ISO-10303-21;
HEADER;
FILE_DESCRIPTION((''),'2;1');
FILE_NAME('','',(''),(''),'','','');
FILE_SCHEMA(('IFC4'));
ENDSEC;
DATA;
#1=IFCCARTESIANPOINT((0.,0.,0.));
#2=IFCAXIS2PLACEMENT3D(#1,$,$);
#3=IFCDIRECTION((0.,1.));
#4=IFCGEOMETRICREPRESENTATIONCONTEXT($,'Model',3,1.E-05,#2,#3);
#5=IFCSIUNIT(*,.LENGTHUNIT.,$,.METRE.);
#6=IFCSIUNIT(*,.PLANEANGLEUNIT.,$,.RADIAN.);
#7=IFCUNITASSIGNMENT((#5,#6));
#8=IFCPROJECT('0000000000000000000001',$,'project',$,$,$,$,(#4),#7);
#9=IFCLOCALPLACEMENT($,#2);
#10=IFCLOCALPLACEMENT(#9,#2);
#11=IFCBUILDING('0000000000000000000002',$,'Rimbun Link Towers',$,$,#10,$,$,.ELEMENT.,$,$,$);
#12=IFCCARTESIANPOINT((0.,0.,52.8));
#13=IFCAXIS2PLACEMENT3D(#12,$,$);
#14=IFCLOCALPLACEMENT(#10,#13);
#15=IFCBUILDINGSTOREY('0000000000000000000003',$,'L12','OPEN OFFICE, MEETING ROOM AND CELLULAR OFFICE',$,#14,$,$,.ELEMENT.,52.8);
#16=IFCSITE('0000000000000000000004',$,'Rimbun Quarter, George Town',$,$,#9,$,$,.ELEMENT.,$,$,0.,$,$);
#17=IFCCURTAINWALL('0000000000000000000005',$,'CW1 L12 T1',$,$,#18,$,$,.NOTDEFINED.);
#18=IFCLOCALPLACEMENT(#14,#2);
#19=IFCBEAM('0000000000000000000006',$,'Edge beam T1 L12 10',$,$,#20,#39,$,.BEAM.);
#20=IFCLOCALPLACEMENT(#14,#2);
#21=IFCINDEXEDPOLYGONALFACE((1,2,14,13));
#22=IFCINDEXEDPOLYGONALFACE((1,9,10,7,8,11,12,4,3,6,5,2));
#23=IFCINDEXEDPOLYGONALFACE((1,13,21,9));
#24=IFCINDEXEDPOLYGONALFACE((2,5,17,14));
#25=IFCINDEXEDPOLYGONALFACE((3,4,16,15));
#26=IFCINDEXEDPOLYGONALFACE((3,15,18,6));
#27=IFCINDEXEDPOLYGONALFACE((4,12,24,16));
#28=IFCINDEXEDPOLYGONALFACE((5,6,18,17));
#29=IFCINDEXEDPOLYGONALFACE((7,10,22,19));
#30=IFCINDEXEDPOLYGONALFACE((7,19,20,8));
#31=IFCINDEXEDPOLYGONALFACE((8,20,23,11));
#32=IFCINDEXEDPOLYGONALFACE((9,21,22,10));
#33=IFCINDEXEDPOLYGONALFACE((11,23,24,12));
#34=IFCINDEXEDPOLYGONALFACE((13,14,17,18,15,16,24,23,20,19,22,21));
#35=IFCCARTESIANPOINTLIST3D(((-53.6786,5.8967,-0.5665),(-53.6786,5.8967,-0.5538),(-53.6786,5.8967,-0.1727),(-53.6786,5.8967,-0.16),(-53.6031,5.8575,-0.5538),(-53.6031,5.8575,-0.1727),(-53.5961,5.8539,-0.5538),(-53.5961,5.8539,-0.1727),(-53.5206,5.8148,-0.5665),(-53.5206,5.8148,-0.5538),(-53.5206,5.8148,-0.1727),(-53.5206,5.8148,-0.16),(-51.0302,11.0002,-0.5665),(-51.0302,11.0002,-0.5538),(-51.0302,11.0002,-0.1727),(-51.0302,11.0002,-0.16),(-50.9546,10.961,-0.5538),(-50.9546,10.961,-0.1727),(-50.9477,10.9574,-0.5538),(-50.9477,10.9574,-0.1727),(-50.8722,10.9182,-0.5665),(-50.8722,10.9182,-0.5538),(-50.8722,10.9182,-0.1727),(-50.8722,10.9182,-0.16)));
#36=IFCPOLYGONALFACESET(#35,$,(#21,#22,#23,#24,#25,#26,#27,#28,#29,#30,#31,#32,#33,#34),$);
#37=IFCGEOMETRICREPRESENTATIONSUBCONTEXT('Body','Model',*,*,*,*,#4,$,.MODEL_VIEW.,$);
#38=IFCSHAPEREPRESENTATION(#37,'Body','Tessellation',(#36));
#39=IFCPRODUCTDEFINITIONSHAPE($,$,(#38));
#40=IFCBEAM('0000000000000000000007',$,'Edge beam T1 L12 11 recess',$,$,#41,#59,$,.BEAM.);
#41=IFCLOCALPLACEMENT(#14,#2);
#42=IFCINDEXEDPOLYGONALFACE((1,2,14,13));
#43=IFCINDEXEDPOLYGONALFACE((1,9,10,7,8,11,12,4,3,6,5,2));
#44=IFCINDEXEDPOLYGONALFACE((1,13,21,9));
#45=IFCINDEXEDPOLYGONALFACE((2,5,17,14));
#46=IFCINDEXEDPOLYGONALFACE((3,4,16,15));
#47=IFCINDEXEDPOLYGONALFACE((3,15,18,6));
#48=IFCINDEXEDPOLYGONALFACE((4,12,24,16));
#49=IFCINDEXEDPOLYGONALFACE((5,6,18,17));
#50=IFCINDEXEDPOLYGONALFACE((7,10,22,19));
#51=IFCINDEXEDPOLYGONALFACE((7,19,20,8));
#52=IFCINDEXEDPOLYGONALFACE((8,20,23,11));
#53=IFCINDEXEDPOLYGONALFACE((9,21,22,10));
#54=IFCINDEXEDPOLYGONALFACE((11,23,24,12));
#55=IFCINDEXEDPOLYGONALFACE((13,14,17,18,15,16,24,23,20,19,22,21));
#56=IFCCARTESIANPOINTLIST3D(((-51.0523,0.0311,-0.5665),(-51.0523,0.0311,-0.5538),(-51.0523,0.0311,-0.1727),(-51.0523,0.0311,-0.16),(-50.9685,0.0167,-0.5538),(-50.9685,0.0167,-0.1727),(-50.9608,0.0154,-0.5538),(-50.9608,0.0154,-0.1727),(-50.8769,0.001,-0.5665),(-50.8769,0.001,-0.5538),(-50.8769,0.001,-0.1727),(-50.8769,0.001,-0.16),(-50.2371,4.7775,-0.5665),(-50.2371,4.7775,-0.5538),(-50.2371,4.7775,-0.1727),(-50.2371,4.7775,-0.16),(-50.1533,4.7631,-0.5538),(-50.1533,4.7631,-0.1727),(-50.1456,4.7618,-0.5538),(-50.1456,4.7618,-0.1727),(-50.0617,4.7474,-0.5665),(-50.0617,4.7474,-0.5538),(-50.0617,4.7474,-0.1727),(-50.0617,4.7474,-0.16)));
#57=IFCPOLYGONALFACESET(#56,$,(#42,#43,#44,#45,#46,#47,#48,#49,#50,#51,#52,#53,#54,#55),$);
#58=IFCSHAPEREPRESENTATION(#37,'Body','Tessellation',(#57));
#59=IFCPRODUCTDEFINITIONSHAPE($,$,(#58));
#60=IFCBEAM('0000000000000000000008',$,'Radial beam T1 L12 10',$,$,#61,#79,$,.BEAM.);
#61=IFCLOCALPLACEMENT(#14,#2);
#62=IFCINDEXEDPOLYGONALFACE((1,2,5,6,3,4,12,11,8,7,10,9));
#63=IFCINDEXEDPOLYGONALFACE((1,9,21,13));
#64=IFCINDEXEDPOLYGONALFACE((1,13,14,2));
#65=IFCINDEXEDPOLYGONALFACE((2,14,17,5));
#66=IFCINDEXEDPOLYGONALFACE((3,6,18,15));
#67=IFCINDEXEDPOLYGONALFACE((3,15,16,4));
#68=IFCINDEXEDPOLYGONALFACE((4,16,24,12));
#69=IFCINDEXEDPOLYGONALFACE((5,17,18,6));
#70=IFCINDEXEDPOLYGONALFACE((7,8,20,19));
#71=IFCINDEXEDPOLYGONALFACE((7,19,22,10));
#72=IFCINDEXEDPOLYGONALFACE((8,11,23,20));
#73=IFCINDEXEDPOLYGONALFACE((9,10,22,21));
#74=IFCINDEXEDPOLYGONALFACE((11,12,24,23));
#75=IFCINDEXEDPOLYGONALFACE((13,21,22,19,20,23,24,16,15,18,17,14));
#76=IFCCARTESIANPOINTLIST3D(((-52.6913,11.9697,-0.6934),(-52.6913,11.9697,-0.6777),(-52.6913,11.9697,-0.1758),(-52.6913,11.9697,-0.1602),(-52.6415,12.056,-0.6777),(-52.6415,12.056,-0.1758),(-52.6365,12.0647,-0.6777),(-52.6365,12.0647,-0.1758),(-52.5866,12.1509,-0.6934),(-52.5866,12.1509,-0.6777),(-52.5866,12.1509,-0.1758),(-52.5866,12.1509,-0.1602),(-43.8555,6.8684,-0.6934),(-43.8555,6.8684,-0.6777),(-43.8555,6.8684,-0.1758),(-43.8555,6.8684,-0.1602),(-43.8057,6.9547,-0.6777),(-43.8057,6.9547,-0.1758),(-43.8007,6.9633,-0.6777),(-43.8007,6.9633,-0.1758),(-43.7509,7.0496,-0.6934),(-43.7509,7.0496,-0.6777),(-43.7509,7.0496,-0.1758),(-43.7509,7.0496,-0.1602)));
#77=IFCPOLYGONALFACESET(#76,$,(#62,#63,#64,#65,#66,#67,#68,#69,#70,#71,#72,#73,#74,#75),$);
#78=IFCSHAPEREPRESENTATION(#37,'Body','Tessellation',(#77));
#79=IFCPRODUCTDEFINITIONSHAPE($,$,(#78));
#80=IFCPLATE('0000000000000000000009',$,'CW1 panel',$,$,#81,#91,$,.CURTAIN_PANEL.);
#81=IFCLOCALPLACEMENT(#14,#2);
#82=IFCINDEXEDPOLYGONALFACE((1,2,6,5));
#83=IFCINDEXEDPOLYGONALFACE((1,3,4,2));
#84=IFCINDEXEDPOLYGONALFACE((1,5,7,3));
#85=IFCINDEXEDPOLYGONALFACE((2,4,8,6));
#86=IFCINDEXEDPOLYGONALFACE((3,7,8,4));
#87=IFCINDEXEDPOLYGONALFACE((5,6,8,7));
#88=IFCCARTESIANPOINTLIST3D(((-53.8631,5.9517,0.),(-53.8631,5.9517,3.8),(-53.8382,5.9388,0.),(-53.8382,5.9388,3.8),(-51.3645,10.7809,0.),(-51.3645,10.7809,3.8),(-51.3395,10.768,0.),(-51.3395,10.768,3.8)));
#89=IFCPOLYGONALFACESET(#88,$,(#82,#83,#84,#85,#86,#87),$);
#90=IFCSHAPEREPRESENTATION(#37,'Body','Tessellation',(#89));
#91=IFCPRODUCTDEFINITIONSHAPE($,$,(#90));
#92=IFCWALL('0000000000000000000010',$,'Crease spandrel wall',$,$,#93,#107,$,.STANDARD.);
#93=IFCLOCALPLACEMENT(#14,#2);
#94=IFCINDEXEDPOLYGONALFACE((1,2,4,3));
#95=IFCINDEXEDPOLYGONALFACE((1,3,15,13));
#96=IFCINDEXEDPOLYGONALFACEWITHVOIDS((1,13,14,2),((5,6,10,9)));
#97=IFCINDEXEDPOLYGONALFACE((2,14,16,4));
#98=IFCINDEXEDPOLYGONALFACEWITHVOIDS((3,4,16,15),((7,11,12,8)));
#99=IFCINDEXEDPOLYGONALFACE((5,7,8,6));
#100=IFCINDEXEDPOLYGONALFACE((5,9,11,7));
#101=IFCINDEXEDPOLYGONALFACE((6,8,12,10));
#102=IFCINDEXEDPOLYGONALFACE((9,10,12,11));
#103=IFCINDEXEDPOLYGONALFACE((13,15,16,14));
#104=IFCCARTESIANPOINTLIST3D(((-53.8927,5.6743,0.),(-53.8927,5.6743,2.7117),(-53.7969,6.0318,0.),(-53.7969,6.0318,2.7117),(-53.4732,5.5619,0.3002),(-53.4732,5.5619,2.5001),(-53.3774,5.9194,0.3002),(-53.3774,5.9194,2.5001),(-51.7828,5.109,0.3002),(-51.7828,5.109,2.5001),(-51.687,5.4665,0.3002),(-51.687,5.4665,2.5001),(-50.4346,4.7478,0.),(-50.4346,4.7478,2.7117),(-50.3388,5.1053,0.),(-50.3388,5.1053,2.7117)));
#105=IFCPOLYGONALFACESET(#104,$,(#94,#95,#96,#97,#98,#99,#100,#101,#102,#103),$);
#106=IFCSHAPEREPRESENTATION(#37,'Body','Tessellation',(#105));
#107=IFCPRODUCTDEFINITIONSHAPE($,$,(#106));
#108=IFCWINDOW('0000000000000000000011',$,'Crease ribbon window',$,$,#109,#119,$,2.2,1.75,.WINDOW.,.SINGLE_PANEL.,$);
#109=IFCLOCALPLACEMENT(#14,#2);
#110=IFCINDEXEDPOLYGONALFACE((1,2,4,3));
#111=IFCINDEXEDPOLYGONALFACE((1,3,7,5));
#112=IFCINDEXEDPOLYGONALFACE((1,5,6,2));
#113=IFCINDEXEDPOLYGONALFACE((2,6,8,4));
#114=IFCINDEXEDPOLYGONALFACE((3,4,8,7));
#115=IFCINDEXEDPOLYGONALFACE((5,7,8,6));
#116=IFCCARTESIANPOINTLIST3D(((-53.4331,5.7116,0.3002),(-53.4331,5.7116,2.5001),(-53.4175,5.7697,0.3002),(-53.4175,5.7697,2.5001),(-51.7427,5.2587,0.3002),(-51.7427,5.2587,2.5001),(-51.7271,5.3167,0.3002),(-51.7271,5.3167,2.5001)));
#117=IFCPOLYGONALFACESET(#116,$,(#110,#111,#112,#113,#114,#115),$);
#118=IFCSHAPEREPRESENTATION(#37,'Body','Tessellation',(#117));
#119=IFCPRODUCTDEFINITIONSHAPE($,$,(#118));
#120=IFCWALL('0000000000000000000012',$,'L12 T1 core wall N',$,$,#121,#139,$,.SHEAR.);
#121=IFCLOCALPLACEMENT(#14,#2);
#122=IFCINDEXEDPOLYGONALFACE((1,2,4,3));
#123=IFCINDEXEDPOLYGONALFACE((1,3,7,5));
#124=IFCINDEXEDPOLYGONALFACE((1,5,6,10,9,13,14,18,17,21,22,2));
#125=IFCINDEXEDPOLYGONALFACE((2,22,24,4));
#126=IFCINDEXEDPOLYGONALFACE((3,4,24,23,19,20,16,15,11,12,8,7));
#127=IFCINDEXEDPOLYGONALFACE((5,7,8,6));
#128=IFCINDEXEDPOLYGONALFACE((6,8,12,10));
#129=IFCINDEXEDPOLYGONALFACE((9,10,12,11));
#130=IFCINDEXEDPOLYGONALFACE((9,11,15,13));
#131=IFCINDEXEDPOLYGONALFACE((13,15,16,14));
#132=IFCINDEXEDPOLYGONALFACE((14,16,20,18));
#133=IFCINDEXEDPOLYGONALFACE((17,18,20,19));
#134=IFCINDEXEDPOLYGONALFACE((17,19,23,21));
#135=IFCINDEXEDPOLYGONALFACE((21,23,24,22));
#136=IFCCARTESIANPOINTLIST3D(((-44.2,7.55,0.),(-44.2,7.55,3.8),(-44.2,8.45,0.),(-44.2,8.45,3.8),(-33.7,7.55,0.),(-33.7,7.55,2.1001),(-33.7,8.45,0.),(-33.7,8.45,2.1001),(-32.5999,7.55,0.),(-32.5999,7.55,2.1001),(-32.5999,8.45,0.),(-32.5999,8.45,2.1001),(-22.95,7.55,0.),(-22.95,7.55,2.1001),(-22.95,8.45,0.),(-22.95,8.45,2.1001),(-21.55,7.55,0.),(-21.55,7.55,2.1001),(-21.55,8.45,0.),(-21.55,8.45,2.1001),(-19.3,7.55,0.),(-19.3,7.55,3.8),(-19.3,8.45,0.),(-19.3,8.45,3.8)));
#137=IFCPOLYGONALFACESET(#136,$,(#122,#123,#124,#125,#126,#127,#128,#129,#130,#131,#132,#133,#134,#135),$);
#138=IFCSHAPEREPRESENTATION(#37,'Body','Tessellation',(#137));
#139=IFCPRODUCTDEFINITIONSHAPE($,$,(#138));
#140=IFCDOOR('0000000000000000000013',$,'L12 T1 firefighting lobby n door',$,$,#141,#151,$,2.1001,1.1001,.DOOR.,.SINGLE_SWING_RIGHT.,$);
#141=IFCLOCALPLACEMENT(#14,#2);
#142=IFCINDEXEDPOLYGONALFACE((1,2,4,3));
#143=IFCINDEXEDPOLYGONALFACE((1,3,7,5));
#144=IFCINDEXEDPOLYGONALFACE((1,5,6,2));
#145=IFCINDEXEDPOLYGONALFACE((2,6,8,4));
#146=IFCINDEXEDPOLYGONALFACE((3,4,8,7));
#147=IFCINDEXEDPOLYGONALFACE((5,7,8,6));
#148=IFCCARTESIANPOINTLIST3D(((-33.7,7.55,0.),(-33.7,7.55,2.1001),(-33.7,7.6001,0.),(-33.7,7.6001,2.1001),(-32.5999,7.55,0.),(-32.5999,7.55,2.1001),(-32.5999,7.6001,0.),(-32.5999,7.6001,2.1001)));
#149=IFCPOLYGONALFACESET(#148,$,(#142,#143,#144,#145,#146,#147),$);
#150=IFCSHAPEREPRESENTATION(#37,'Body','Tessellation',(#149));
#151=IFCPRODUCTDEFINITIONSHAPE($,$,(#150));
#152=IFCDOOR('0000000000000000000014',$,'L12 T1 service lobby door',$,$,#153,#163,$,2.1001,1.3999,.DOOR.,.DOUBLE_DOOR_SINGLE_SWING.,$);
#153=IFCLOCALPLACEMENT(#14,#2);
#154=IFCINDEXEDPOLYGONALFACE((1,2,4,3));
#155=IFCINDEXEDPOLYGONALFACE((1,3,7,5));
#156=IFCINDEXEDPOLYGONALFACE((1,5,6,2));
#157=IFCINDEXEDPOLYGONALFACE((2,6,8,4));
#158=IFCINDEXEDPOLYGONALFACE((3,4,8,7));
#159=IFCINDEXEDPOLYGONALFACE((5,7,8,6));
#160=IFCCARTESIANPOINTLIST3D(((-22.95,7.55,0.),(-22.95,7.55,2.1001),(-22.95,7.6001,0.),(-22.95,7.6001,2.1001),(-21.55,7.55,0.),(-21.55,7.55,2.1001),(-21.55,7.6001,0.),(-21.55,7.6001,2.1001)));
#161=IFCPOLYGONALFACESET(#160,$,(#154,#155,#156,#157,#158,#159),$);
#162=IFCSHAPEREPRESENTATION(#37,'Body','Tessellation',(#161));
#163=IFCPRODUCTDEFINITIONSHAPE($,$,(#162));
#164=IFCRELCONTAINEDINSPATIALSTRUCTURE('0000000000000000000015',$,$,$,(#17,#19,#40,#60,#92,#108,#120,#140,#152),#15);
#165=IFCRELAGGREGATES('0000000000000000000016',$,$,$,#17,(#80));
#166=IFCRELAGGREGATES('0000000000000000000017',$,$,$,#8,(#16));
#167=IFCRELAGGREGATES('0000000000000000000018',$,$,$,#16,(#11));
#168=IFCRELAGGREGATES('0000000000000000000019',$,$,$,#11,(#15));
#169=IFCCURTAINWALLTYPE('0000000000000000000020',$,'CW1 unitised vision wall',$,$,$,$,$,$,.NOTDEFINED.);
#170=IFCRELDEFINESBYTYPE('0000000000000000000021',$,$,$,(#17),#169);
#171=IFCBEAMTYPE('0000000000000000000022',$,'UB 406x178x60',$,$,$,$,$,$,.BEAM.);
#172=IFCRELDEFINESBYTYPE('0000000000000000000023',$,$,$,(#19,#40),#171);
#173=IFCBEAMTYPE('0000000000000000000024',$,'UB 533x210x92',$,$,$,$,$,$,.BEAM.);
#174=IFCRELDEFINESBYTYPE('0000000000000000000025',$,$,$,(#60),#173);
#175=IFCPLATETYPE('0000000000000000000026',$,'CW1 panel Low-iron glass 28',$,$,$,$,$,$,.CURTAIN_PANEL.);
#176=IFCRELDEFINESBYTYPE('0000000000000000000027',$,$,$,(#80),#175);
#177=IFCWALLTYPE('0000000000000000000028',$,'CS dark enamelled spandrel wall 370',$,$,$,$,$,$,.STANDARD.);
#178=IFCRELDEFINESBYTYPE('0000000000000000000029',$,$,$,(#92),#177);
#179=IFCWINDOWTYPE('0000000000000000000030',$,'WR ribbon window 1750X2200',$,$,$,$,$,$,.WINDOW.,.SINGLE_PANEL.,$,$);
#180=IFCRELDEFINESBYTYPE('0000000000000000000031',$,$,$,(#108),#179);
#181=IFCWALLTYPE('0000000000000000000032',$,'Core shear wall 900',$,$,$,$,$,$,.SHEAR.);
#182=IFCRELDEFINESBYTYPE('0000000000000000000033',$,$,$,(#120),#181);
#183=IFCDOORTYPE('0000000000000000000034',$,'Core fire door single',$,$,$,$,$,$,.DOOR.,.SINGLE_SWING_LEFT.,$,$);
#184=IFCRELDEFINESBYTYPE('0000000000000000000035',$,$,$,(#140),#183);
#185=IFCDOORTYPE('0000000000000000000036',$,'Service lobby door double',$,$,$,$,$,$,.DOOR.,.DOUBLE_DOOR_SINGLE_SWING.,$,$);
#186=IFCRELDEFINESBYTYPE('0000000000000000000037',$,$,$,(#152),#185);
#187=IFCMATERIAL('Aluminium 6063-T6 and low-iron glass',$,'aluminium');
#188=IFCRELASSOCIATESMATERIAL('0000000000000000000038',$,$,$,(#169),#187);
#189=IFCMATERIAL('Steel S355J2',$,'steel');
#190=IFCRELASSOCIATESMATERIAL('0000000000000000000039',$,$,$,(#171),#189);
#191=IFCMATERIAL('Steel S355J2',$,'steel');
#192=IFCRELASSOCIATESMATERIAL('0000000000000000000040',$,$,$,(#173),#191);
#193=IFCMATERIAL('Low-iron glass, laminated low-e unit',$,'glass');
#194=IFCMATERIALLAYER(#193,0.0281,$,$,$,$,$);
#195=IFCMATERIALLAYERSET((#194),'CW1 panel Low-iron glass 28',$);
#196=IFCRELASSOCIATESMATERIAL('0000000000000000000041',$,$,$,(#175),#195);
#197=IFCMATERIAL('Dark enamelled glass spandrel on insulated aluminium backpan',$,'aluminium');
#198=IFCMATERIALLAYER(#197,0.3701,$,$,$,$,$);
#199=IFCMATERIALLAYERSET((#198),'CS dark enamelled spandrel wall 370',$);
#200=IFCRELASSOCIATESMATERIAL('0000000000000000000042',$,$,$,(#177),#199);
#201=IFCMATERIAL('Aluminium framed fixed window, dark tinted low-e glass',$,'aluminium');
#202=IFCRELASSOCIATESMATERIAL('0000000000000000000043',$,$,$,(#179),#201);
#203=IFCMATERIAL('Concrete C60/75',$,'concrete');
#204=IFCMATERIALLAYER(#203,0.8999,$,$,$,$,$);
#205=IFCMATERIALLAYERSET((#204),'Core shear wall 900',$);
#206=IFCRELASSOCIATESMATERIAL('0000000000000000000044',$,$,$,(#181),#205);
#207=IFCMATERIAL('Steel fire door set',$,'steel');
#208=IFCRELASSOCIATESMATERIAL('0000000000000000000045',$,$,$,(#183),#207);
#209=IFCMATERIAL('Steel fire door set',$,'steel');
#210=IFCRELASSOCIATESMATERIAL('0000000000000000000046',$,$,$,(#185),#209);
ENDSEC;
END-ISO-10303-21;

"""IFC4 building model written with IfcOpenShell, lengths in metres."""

from ifc_helpers import new_model, si_unit, direction, frame, frame_2d, origin, origin_2d, place, context, subcontext, project, spatial, rectangle, i_section, extrude, material, layer, layer_set, material_profile, profile_set, type_object, element, fill, aggregate, save


model = new_model("IFC4")

# Units and contexts
model_context = context("Model", 3, precision=1e-05, world=origin(), true_north=direction((0.0, 1.0)))
body_context = subcontext(model_context, "Body", "Model", "MODEL_VIEW")
ifc_project = project(units=[si_unit("LENGTHUNIT", "METRE"), si_unit("PLANEANGLEUNIT", "RADIAN")], contexts=[model_context])

# Site, building, storey
site_placement = place(None, origin())
site = spatial("IfcSite", under=ifc_project, at=site_placement, Name="Rimbun Quarter, George Town", CompositionType="ELEMENT", RefElevation=0.0)
building_placement = place(site_placement, origin())
building = spatial("IfcBuilding", under=site, at=building_placement, Name="Rimbun Link Towers", CompositionType="ELEMENT")
storey_placement = place(building_placement, frame((0.0, 0.0, 52.8)))
storey = spatial("IfcBuildingStorey", under=building, at=storey_placement, Name="L12", Description="OPEN OFFICE, MEETING ROOM AND CELLULAR OFFICE", CompositionType="ELEMENT", Elevation=52.8)

# Curtain wall
ifc_material_1 = material(Name="Aluminium 6063-T6 and low-iron glass", Category="aluminium")
curtain_wall_type = type_object("IfcCurtainWallType", Name="CW1 unitised vision wall", PredefinedType="NOTDEFINED", material=ifc_material_1)
curtain_wall_placement = place(storey_placement, origin())
curtain_wall = element("IfcCurtainWall", 1, at=curtain_wall_placement, inside=storey, type_object=curtain_wall_type, Name="CW1 L12 T1", PredefinedType="NOTDEFINED")

# Beams
ifc_material_2 = material(Name="Steel S355J2", Category="steel")
ifc_material_profile_1 = material_profile(ifc_material_2, i_section(OverallWidth=0.178, OverallDepth=0.4065, WebThickness=0.0078, FlangeThickness=0.0127, at=origin_2d()), Name="UB 406x178x60")
ifc_profile_set_1 = profile_set([ifc_material_profile_1], Name="Steel S355J2")
beam_type_1 = type_object("IfcBeamType", Name="UB 406x178x60", PredefinedType="BEAM", material=ifc_profile_set_1)
beam_1_placement = place(storey_placement, frame((-50.9512, 10.9592, -0.3633), z_axis=(-0.460615, -0.8876, 0.0), x_axis=(0.8876, -0.460615, 0.0)))
element("IfcBeam", 2, at=beam_1_placement, inside=storey, type_object=beam_type_1, Name="Edge beam T1 L12 10", PredefinedType="BEAM", context=body_context, shape_type="SweptSolid", body=[
    extrude(i_section(OverallWidth=0.178, OverallDepth=0.4065, WebThickness=0.0078, FlangeThickness=0.0127, at=origin_2d()), origin(), (0.0, 0.0, 1.0), 5.7498),
])
beam_2_placement = place(storey_placement, frame((-50.1494, 4.7625, -0.3633), z_axis=(-0.169272, -0.985569, 0.0), x_axis=(0.985569, -0.169272, 0.0)))
element("IfcBeam", 3, at=beam_2_placement, inside=storey, type_object=beam_type_1, Name="Edge beam T1 L12 11 recess", PredefinedType="BEAM", context=body_context, shape_type="SweptSolid", body=[
    extrude(i_section(OverallWidth=0.178, OverallDepth=0.4065, WebThickness=0.0078, FlangeThickness=0.0127, at=origin_2d()), origin(), (0.0, 0.0, 1.0), 4.8159),
])
ifc_material_3 = material(Name="Steel S355J2", Category="steel")
ifc_material_profile_2 = material_profile(ifc_material_3, i_section(OverallWidth=0.2092, OverallDepth=0.5332, WebThickness=0.01, FlangeThickness=0.0156, at=origin_2d()), Name="UB 533x210x92")
ifc_profile_set_2 = profile_set([ifc_material_profile_2], Name="Steel S355J2")
beam_type_2 = type_object("IfcBeamType", Name="UB 533x210x92", PredefinedType="BEAM", material=ifc_profile_set_2)
beam_3_placement = place(storey_placement, frame((-43.8032, 6.959, -0.4268), z_axis=(-0.866024, 0.500002, 0.0), x_axis=(-0.500002, -0.866024, 0.0)))
element("IfcBeam", 4, at=beam_3_placement, inside=storey, type_object=beam_type_2, Name="Radial beam T1 L12 10", PredefinedType="BEAM", context=body_context, shape_type="SweptSolid", body=[
    extrude(i_section(OverallWidth=0.2092, OverallDepth=0.5332, WebThickness=0.01, FlangeThickness=0.0156, at=origin_2d()), origin(), (0.0, 0.0, 1.0), 10.2026),
])

# Plate
ifc_material_4 = material(Name="Low-iron glass, laminated low-e unit", Category="glass")
ifc_layer_1 = layer(ifc_material_4, 0.0281)
ifc_layer_set_1 = layer_set([ifc_layer_1], Name="CW1 panel Low-iron glass 28")
plate_type = type_object("IfcPlateType", Name="CW1 panel Low-iron glass 28", PredefinedType="CURTAIN_PANEL", material=ifc_layer_set_1)
plate_placement = place(storey_placement, frame((-52.6013, 8.3599, 0.0), z_axis=(0.0, 0.0, 1.0), x_axis=(0.459541, 0.888157, 0.0)))
plate = element("IfcPlate", 5, at=plate_placement, type_object=plate_type, Name="CW1 panel", PredefinedType="CURTAIN_PANEL", context=body_context, shape_type="SweptSolid", body=[
    extrude(rectangle(XDim=5.4373, YDim=0.0281, at=origin_2d()), origin(), (0.0, 0.0, 1.0), 3.8),
])
aggregate(curtain_wall, [plate])

# Wall, opening, window
ifc_material_5 = material(Name="Dark enamelled glass spandrel on insulated aluminium backpan", Category="aluminium")
ifc_layer_2 = layer(ifc_material_5, 0.3701)
ifc_layer_set_2 = layer_set([ifc_layer_2], Name="CS dark enamelled spandrel wall 370")
wall_type_1 = type_object("IfcWallType", Name="CS dark enamelled spandrel wall 370", PredefinedType="STANDARD", material=ifc_layer_set_2)
wall_1_placement = place(storey_placement, frame((-50.3867, 4.9265, 0.0), z_axis=(0.0, 0.0, 1.0), x_axis=(-0.96593, 0.258804, 0.0)))
wall_1 = element("IfcWall", 6, at=wall_1_placement, inside=storey, type_object=wall_type_1, Name="Crease spandrel wall", PredefinedType="STANDARD", context=body_context, shape_type="SweptSolid", body=[
    extrude(rectangle(XDim=3.5801, YDim=0.3701, at=frame_2d((1.79, 0.0))), origin(), (0.0, 0.0, 1.0), 2.7117),
])
opening_1_placement = place(wall_1_placement, frame((1.3958, 0.0, 0.3)))
opening_1 = element("IfcOpeningElement", 7, at=opening_1_placement, cuts=wall_1, PredefinedType="OPENING", context=body_context, shape_type="SweptSolid", body=[
    extrude(rectangle(XDim=1.75, YDim=2.2, at=frame_2d((0.875, 1.1001))), frame((0.0, 0.1951, 0.0), z_axis=(0.0, -1.0, 0.0), x_axis=(1.0, 0.0, 0.0)), (0.0, 0.0, 1.0), 0.3901),
])
ifc_material_6 = material(Name="Aluminium framed fixed window, dark tinted low-e glass", Category="aluminium")
window_type = type_object("IfcWindowType", Name="WR ribbon window 1750X2200", PartitioningType="SINGLE_PANEL", PredefinedType="WINDOW", material=ifc_material_6)
window_placement = place(opening_1_placement, origin())
window = element("IfcWindow", 8, at=window_placement, inside=storey, type_object=window_type, Name="Crease ribbon window", OverallHeight=2.2, OverallWidth=1.75, PartitioningType="SINGLE_PANEL", PredefinedType="WINDOW", context=body_context, shape_type="SweptSolid", body=[
    extrude(rectangle(XDim=1.75, YDim=2.2, at=frame_2d((0.875, 1.1001))), frame((0.0, 0.03, 0.0), z_axis=(0.0, -1.0, 0.0), x_axis=(1.0, 0.0, 0.0)), (0.0, 0.0, 1.0), 0.0601),
])
fill(opening_1, window)

# Wall, openings, doors
ifc_material_7 = material(Name="Concrete C60/75", Category="concrete")
ifc_layer_3 = layer(ifc_material_7, 0.8999)
ifc_layer_set_3 = layer_set([ifc_layer_3], Name="Core shear wall 900")
wall_type_2 = type_object("IfcWallType", Name="Core shear wall 900", PredefinedType="SHEAR", material=ifc_layer_set_3)
wall_2_placement = place(storey_placement, frame((-44.2, 8.0, 0.0), z_axis=(0.0, 0.0, 1.0), x_axis=(1.0, 0.0, 0.0)))
wall_2 = element("IfcWall", 9, at=wall_2_placement, inside=storey, type_object=wall_type_2, Name="L12 T1 core wall N", PredefinedType="SHEAR", context=body_context, shape_type="SweptSolid", body=[
    extrude(rectangle(XDim=24.8999, YDim=0.8999, at=frame_2d((12.45, 0.0))), origin(), (0.0, 0.0, 1.0), 3.8),
])
opening_2_placement = place(wall_2_placement, frame((10.5, 0.0, 0.0)))
opening_2 = element("IfcOpeningElement", 10, at=opening_2_placement, cuts=wall_2, PredefinedType="OPENING", context=body_context, shape_type="SweptSolid", body=[
    extrude(rectangle(XDim=1.1001, YDim=2.1001, at=frame_2d((0.55, 1.05))), frame((0.0, 0.46, 0.0), z_axis=(0.0, -1.0, 0.0), x_axis=(1.0, 0.0, 0.0)), (0.0, 0.0, 1.0), 0.9199),
])
opening_3_placement = place(wall_2_placement, frame((21.25, 0.0, 0.0)))
opening_3 = element("IfcOpeningElement", 11, at=opening_3_placement, cuts=wall_2, PredefinedType="OPENING", context=body_context, shape_type="SweptSolid", body=[
    extrude(rectangle(XDim=1.3999, YDim=2.1001, at=frame_2d((0.7, 1.05))), frame((0.0, 0.46, 0.0), z_axis=(0.0, -1.0, 0.0), x_axis=(1.0, 0.0, 0.0)), (0.0, 0.0, 1.0), 0.9199),
])
ifc_material_8 = material(Name="Steel fire door set", Category="steel")
door_type_1 = type_object("IfcDoorType", Name="Core fire door single", OperationType="SINGLE_SWING_LEFT", PredefinedType="DOOR", material=ifc_material_8)
door_1_placement = place(opening_2_placement, origin())
door_1 = element("IfcDoor", 12, at=door_1_placement, inside=storey, type_object=door_type_1, Name="L12 T1 firefighting lobby n door", OperationType="SINGLE_SWING_RIGHT", OverallHeight=2.1001, OverallWidth=1.1001, PredefinedType="DOOR", context=body_context, shape_type="SweptSolid", body=[
    extrude(rectangle(XDim=1.1001, YDim=2.1001, at=frame_2d((0.55, 1.05))), frame((0.0, -0.3999, 0.0), z_axis=(0.0, -1.0, 0.0), x_axis=(1.0, 0.0, 0.0)), (0.0, 0.0, 1.0), 0.05),
])
fill(opening_2, door_1)
ifc_material_9 = material(Name="Steel fire door set", Category="steel")
door_type_2 = type_object("IfcDoorType", Name="Service lobby door double", OperationType="DOUBLE_DOOR_SINGLE_SWING", PredefinedType="DOOR", material=ifc_material_9)
door_2_placement = place(opening_3_placement, origin())
door_2 = element("IfcDoor", 13, at=door_2_placement, inside=storey, type_object=door_type_2, Name="L12 T1 service lobby door", OperationType="DOUBLE_DOOR_SINGLE_SWING", OverallHeight=2.1001, OverallWidth=1.3999, PredefinedType="DOOR", context=body_context, shape_type="SweptSolid", body=[
    extrude(rectangle(XDim=1.3999, YDim=2.1001, at=frame_2d((0.7, 1.05))), frame((0.0, -0.3999, 0.0), z_axis=(0.0, -1.0, 0.0), x_axis=(1.0, 0.0, 0.0)), (0.0, 0.0, 1.0), 0.05),
])
fill(opening_3, door_2)

save(model, "model.ifc")
